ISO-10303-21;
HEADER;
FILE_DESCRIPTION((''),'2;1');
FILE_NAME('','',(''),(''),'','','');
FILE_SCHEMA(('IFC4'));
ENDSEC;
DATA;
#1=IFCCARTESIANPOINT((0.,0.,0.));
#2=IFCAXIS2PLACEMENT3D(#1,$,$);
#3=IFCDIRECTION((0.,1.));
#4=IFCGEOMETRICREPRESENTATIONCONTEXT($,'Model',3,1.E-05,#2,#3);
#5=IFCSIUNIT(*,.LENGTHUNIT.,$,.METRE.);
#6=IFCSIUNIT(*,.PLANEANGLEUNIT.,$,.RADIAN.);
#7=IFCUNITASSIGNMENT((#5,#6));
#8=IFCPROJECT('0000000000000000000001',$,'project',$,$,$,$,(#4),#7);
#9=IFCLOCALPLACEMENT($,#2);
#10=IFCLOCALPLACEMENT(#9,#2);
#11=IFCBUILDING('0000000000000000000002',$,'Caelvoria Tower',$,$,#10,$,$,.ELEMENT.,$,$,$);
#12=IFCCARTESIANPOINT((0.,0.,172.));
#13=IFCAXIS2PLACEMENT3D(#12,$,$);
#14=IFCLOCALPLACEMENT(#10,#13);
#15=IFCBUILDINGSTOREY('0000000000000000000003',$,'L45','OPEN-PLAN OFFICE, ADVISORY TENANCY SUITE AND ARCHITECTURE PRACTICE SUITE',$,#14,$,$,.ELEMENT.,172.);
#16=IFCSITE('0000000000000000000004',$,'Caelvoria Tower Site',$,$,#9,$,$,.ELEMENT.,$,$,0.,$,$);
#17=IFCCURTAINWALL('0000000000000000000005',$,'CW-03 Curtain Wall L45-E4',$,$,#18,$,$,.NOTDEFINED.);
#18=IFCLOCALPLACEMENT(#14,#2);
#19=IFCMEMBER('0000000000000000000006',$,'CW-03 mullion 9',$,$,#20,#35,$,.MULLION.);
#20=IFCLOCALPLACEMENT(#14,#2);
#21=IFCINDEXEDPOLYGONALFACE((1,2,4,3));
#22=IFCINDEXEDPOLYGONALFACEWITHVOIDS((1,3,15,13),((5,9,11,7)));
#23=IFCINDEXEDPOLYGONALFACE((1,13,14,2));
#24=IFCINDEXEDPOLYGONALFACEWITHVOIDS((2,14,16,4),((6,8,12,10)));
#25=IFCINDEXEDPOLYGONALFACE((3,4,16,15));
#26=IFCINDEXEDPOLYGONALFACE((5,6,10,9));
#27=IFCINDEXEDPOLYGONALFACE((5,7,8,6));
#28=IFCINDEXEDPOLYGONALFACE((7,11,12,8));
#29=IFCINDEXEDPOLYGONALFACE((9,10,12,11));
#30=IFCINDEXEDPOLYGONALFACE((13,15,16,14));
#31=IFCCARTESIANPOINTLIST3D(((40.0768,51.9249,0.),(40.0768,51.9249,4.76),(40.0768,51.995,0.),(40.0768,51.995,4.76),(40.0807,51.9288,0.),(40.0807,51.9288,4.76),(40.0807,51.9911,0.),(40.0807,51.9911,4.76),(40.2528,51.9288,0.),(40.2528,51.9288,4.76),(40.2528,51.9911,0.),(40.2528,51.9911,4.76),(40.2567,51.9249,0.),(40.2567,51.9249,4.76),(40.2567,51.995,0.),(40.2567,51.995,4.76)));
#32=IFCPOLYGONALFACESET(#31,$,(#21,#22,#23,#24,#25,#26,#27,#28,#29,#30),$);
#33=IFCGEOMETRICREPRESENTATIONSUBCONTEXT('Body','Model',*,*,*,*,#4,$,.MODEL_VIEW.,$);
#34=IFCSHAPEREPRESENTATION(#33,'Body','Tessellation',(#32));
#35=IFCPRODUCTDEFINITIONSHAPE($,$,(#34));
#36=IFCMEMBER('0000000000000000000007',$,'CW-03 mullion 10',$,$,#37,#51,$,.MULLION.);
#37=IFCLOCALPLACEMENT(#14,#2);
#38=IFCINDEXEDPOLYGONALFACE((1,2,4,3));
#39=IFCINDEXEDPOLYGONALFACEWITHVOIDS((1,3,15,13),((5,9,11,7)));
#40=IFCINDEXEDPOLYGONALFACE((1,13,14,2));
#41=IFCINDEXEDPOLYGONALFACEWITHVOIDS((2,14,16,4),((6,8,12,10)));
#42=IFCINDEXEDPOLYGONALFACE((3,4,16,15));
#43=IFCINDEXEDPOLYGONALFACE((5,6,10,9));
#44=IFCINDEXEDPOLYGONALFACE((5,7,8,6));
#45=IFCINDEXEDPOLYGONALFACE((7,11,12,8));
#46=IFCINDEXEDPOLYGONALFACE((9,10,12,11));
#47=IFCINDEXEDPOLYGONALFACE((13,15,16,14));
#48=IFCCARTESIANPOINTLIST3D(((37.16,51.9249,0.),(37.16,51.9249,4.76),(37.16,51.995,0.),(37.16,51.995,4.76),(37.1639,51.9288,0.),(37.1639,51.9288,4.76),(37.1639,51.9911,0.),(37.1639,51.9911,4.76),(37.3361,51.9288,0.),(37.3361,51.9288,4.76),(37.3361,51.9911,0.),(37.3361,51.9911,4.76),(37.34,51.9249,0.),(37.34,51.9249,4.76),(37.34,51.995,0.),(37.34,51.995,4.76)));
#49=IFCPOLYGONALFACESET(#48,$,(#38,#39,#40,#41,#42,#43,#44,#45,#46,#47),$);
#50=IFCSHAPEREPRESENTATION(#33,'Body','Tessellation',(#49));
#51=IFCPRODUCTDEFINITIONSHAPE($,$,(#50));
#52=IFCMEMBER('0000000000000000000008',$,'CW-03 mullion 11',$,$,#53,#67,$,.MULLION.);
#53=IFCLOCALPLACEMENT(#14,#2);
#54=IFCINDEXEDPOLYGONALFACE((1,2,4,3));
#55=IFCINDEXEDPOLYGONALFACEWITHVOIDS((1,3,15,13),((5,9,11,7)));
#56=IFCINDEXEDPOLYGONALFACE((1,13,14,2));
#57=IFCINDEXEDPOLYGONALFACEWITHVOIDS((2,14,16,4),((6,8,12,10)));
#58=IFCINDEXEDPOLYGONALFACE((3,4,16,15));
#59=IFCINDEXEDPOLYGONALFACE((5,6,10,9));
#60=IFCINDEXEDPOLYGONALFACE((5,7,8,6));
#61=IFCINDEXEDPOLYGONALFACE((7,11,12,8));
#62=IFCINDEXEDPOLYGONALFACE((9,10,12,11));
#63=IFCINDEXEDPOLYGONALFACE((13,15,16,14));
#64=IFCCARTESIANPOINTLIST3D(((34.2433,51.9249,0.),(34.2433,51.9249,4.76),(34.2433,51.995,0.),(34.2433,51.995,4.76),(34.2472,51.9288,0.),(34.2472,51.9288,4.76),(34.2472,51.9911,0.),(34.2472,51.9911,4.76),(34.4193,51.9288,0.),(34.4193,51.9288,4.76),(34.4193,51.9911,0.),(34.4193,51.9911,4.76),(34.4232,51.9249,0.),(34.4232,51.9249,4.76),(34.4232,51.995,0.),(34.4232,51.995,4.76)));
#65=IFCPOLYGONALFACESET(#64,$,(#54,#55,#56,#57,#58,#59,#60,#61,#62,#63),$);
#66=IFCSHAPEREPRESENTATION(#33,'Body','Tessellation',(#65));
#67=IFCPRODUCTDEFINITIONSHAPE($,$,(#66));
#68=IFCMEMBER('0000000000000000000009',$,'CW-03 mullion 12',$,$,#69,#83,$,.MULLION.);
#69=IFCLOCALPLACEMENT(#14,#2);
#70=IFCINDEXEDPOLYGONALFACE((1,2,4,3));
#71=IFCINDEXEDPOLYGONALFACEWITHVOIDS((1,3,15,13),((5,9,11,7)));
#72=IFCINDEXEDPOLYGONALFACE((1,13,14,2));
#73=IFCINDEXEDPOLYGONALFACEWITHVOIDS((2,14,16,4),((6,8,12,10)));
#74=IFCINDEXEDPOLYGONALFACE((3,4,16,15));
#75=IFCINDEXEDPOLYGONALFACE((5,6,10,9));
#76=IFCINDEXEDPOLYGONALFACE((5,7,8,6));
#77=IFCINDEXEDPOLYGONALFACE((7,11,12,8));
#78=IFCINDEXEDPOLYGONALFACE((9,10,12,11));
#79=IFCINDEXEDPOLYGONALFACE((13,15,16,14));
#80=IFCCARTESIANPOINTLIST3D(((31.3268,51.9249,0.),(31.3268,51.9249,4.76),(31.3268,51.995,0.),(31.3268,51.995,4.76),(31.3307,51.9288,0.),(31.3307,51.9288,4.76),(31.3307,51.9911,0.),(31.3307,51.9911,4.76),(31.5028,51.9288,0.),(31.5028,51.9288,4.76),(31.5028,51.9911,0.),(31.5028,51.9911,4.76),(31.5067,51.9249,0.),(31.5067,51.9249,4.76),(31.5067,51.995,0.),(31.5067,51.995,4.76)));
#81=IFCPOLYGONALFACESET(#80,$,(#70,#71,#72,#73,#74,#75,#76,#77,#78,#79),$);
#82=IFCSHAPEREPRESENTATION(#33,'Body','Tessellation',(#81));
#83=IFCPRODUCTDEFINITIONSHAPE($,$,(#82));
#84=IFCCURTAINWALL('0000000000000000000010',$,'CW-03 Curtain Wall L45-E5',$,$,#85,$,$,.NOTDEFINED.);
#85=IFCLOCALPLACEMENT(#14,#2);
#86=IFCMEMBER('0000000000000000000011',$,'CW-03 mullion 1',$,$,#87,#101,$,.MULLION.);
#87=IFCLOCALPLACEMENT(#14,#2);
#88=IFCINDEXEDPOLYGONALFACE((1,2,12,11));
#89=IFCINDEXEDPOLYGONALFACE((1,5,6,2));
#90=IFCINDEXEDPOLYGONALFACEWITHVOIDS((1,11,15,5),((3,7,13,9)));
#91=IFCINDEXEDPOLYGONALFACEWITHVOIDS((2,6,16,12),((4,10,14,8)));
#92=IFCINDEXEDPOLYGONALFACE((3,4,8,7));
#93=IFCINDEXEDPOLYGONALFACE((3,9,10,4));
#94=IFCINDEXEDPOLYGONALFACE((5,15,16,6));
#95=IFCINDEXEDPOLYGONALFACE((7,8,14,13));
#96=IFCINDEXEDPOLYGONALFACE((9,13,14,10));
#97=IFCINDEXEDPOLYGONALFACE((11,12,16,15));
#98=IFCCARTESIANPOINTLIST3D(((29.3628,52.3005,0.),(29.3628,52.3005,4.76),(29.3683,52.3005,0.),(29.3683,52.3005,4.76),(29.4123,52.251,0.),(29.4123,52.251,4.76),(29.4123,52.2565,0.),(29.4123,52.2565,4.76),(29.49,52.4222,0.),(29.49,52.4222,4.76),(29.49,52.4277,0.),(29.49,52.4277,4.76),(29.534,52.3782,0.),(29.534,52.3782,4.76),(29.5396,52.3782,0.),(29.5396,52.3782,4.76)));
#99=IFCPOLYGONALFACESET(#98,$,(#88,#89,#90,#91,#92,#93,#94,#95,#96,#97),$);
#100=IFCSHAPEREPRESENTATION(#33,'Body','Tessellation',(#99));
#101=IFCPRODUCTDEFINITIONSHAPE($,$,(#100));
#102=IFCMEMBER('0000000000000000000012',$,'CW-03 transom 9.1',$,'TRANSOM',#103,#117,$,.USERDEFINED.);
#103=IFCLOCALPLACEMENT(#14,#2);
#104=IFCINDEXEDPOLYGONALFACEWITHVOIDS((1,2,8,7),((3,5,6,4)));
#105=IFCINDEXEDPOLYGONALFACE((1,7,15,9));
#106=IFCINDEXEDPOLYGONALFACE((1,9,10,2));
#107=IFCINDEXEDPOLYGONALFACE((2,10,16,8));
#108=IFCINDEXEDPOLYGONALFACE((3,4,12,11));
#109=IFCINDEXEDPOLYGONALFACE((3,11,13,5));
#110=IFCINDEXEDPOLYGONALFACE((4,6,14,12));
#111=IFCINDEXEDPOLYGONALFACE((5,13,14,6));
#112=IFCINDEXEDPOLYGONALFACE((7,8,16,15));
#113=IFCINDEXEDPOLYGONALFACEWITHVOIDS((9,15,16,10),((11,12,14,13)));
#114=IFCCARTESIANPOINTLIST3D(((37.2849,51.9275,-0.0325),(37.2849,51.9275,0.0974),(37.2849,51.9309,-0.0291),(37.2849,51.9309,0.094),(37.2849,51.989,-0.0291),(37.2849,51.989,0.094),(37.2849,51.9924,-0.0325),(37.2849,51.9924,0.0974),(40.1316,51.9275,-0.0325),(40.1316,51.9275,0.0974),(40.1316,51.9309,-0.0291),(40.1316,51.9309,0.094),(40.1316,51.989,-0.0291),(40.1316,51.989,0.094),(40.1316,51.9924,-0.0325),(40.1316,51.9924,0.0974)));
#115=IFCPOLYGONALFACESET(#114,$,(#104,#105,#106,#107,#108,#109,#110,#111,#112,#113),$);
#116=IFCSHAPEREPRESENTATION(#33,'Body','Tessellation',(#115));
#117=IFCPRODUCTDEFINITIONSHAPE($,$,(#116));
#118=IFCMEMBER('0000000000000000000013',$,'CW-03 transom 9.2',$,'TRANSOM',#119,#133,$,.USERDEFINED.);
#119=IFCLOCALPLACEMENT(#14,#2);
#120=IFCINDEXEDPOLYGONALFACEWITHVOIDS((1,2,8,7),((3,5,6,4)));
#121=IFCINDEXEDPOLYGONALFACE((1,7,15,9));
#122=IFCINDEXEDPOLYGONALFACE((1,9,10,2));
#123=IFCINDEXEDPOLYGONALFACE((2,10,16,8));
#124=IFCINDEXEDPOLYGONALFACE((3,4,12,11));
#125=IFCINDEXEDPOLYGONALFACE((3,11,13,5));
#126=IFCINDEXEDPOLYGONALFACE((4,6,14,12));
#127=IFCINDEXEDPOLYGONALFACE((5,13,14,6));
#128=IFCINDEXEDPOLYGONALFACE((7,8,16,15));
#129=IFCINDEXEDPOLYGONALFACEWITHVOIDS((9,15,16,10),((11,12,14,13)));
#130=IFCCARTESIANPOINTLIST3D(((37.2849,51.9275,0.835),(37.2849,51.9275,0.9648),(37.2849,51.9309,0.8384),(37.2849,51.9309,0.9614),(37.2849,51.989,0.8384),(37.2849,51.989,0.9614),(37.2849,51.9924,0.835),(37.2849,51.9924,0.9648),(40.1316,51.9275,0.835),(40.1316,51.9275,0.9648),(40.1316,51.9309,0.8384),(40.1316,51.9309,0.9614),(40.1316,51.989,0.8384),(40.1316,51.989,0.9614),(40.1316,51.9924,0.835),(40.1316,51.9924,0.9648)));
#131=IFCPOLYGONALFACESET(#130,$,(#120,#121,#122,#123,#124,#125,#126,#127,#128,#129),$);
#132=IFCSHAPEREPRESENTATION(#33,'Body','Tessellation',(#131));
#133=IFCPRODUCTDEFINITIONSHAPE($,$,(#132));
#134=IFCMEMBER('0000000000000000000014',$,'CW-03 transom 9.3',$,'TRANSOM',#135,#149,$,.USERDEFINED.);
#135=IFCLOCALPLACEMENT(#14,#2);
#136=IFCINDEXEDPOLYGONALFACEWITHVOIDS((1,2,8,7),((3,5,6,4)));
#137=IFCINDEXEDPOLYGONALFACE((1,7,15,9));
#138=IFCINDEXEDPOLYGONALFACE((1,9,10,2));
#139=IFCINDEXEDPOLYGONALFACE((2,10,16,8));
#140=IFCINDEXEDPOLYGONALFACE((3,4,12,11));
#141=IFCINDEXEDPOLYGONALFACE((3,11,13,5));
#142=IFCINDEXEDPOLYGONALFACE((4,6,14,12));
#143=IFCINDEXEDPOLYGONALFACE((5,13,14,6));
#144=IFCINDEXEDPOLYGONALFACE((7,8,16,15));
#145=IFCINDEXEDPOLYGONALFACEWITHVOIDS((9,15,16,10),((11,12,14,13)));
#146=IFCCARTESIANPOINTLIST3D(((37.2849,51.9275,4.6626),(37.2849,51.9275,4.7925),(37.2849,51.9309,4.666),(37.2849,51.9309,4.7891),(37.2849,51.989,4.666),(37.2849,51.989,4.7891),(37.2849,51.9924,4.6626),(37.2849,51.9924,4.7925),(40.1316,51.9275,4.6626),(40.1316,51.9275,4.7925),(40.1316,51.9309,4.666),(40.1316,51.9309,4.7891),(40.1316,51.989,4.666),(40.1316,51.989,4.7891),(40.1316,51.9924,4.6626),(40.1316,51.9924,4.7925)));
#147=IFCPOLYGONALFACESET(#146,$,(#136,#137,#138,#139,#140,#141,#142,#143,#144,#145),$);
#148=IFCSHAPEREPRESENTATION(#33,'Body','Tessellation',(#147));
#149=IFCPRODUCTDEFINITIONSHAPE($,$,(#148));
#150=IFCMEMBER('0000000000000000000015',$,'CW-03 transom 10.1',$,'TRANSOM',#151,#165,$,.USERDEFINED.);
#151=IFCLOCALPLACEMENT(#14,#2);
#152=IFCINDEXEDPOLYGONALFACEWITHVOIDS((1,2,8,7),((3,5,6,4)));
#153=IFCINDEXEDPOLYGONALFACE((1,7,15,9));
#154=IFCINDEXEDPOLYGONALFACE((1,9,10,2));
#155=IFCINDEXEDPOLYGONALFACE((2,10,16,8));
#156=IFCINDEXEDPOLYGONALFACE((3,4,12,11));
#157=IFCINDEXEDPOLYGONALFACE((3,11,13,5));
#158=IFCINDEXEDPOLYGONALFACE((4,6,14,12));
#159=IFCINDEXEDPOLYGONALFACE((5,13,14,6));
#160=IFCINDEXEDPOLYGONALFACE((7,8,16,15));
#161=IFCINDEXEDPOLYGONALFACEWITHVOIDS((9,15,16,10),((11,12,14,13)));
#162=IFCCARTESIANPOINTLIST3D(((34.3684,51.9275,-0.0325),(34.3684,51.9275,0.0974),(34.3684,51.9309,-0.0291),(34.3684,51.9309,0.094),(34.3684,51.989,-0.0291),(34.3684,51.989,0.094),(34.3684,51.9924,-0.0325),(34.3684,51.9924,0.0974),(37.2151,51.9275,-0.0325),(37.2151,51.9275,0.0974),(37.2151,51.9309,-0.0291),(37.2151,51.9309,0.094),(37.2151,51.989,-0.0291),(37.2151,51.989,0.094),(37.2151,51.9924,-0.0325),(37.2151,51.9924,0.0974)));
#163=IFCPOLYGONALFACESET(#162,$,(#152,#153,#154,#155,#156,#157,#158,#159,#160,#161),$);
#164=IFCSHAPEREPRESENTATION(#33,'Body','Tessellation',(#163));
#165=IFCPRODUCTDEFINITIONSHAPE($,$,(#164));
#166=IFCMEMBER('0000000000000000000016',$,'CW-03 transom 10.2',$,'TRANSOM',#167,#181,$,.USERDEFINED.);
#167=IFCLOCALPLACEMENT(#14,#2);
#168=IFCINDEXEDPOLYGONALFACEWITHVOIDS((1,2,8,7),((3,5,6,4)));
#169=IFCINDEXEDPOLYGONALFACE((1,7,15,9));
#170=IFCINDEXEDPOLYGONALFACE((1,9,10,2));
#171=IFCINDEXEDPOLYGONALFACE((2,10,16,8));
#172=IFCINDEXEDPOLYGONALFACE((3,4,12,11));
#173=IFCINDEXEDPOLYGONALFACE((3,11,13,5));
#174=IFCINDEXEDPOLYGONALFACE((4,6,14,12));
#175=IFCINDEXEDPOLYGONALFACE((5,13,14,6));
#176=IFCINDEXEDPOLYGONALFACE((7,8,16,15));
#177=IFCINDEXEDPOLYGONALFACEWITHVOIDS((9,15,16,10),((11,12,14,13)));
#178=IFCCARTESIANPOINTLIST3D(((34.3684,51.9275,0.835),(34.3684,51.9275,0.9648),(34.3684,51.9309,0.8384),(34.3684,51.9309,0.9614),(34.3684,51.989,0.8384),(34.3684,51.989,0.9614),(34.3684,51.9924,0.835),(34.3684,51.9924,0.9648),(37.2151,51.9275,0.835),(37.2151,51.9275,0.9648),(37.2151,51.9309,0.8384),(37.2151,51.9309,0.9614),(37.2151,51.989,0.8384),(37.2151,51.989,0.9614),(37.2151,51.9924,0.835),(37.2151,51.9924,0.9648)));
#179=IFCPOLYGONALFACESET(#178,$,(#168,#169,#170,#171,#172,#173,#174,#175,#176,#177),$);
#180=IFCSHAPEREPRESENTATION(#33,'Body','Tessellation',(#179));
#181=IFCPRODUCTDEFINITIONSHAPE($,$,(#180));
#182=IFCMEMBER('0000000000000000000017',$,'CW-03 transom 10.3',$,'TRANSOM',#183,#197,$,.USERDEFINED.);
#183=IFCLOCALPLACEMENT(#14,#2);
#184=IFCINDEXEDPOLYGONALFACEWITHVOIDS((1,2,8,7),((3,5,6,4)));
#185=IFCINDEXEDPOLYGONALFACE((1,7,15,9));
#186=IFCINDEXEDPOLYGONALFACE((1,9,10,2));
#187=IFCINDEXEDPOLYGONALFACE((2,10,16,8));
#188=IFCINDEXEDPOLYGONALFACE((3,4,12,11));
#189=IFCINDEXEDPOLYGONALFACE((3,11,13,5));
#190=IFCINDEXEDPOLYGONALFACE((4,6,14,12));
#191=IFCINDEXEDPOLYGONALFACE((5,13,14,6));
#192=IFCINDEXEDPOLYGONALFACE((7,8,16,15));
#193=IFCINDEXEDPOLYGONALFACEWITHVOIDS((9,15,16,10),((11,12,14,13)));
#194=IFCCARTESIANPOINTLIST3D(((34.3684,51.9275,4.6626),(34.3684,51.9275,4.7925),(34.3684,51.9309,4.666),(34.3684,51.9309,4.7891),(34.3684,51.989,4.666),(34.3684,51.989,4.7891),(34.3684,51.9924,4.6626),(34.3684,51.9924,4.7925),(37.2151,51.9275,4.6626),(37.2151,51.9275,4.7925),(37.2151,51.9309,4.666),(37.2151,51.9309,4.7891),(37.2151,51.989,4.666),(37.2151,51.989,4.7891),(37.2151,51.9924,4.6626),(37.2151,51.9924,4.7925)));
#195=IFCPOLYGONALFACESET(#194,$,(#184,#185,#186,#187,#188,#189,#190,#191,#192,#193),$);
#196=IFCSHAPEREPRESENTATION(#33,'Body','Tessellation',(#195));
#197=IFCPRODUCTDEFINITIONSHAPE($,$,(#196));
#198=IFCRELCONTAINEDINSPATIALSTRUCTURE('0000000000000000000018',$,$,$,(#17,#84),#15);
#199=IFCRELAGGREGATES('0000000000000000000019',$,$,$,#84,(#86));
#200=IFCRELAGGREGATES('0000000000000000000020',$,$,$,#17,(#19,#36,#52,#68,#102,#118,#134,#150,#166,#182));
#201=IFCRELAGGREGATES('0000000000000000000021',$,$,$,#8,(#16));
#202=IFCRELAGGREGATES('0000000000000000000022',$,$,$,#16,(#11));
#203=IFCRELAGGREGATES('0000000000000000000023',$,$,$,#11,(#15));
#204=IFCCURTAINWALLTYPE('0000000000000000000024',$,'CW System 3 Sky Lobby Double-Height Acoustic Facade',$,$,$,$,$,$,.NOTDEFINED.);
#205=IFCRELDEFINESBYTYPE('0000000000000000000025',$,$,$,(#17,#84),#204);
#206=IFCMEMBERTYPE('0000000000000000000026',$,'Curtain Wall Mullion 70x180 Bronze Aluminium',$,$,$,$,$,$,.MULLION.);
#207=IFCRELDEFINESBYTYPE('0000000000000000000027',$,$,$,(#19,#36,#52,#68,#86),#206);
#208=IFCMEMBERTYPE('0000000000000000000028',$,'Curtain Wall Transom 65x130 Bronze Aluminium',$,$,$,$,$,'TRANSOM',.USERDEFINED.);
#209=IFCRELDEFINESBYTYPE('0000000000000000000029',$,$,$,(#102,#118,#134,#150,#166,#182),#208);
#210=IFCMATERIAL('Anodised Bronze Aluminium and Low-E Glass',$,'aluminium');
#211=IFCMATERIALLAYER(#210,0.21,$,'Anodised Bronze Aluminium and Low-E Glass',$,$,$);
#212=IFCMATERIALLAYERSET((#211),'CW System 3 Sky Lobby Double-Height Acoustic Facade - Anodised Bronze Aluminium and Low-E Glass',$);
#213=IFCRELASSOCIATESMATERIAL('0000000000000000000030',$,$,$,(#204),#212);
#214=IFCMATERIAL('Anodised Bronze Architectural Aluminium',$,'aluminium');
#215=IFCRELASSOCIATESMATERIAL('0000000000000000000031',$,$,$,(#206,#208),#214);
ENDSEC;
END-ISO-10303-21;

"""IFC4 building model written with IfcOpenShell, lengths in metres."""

from ifc_helpers import new_model, si_unit, direction, frame, origin, origin_2d, place, context, subcontext, project, spatial, hollow_rectangle, extrude, material, layer, layer_set, material_profile, profile_set, type_object, element, aggregate, save


model = new_model("IFC4")

# Units and contexts
model_context = context("Model", 3, precision=1e-05, world=origin(), true_north=direction((0.0, 1.0)))
body_context = subcontext(model_context, "Body", "Model", "MODEL_VIEW")
ifc_project = project(units=[si_unit("LENGTHUNIT", "METRE"), si_unit("PLANEANGLEUNIT", "RADIAN")], contexts=[model_context])

# Site, building, storey
site_placement = place(None, origin())
site = spatial("IfcSite", under=ifc_project, at=site_placement, Name="Caelvoria Tower Site", CompositionType="ELEMENT", RefElevation=0.0)
building_placement = place(site_placement, origin())
building = spatial("IfcBuilding", under=site, at=building_placement, Name="Caelvoria Tower", CompositionType="ELEMENT")
storey_placement = place(building_placement, frame((0.0, 0.0, 172.0)))
storey = spatial("IfcBuildingStorey", under=building, at=storey_placement, Name="L45", Description="OPEN-PLAN OFFICE, ADVISORY TENANCY SUITE AND ARCHITECTURE PRACTICE SUITE", CompositionType="ELEMENT", Elevation=172.0)

# Curtain wall, members
ifc_material_1 = material(Name="Anodised Bronze Aluminium and Low-E Glass", Category="aluminium")
ifc_layer_1 = layer(ifc_material_1, 0.21, Name="Anodised Bronze Aluminium and Low-E Glass")
ifc_layer_set_1 = layer_set([ifc_layer_1], Name="CW System 3 Sky Lobby Double-Height Acoustic Facade - Anodised Bronze Aluminium and Low-E Glass")
curtain_wall_type = type_object("IfcCurtainWallType", Name="CW System 3 Sky Lobby Double-Height Acoustic Facade", PredefinedType="NOTDEFINED", material=ifc_layer_set_1)
curtain_wall_1_placement = place(storey_placement, origin())
curtain_wall_1 = element("IfcCurtainWall", 1, at=curtain_wall_1_placement, inside=storey, type_object=curtain_wall_type, Name="CW-03 Curtain Wall L45-E4", PredefinedType="NOTDEFINED")
ifc_material_2 = material(Name="Anodised Bronze Architectural Aluminium", Category="aluminium")
ifc_material_profile_1 = material_profile(ifc_material_2, hollow_rectangle(XDim=0.0701, YDim=0.1799, WallThickness=0.0039, at=origin_2d()), Name="Anodised Bronze Architectural Aluminium")
ifc_profile_set_1 = profile_set([ifc_material_profile_1], Name="CW_MULL_70X180 - Anodised Bronze Architectural Aluminium")
member_type_1 = type_object("IfcMemberType", Name="Curtain Wall Mullion 70x180 Bronze Aluminium", PredefinedType="MULLION", material=ifc_profile_set_1)
member_1_placement = place(storey_placement, frame((40.1667, 51.96, 0.0), z_axis=(0.0, 0.0, 1.0), x_axis=(0.0, -1.0, 0.0)))
member_1 = element("IfcMember", 2, at=member_1_placement, type_object=member_type_1, Name="CW-03 mullion 9", PredefinedType="MULLION", context=body_context, shape_type="SweptSolid", body=[
    extrude(hollow_rectangle(XDim=0.0701, YDim=0.1799, WallThickness=0.0039, at=origin_2d()), origin(), (0.0, 0.0, 1.0), 4.76),
])
member_2_placement = place(storey_placement, frame((37.25, 51.96, 0.0), z_axis=(0.0, 0.0, 1.0), x_axis=(0.0, -1.0, 0.0)))
member_2 = element("IfcMember", 3, at=member_2_placement, type_object=member_type_1, Name="CW-03 mullion 10", PredefinedType="MULLION", context=body_context, shape_type="SweptSolid", body=[
    extrude(hollow_rectangle(XDim=0.0701, YDim=0.1799, WallThickness=0.0039, at=origin_2d()), origin(), (0.0, 0.0, 1.0), 4.76),
])
member_3_placement = place(storey_placement, frame((34.3333, 51.96, 0.0), z_axis=(0.0, 0.0, 1.0), x_axis=(0.0, -1.0, 0.0)))
member_3 = element("IfcMember", 4, at=member_3_placement, type_object=member_type_1, Name="CW-03 mullion 11", PredefinedType="MULLION", context=body_context, shape_type="SweptSolid", body=[
    extrude(hollow_rectangle(XDim=0.0701, YDim=0.1799, WallThickness=0.0039, at=origin_2d()), origin(), (0.0, 0.0, 1.0), 4.76),
])
member_4_placement = place(storey_placement, frame((31.4167, 51.96, 0.0), z_axis=(0.0, 0.0, 1.0), x_axis=(0.0, -1.0, 0.0)))
member_4 = element("IfcMember", 5, at=member_4_placement, type_object=member_type_1, Name="CW-03 mullion 12", PredefinedType="MULLION", context=body_context, shape_type="SweptSolid", body=[
    extrude(hollow_rectangle(XDim=0.0701, YDim=0.1799, WallThickness=0.0039, at=origin_2d()), origin(), (0.0, 0.0, 1.0), 4.76),
])

# Curtain wall, member
curtain_wall_2_placement = place(storey_placement, origin())
curtain_wall_2 = element("IfcCurtainWall", 6, at=curtain_wall_2_placement, inside=storey, type_object=curtain_wall_type, Name="CW-03 Curtain Wall L45-E5", PredefinedType="NOTDEFINED")
member_5_placement = place(storey_placement, frame((29.4512, 52.3394, 0.0), z_axis=(0.0, 0.0, 1.0), x_axis=(0.707107, -0.707107, 0.0)))
member_5 = element("IfcMember", 7, at=member_5_placement, type_object=member_type_1, Name="CW-03 mullion 1", PredefinedType="MULLION", context=body_context, shape_type="SweptSolid", body=[
    extrude(hollow_rectangle(XDim=0.0701, YDim=0.1799, WallThickness=0.0039, at=origin_2d()), origin(), (0.0, 0.0, 1.0), 4.76),
])

# Members
ifc_material_profile_2 = material_profile(ifc_material_2, hollow_rectangle(XDim=0.0649, YDim=0.1299, WallThickness=0.0034, at=origin_2d()), Name="Anodised Bronze Architectural Aluminium")
ifc_profile_set_2 = profile_set([ifc_material_profile_2], Name="CW_TRAN_65X130 - Anodised Bronze Architectural Aluminium")
member_type_2 = type_object("IfcMemberType", Name="Curtain Wall Transom 65x130 Bronze Aluminium", ElementType="TRANSOM", PredefinedType="USERDEFINED", material=ifc_profile_set_2)
member_6_placement = place(storey_placement, frame((40.1316, 51.96, 0.0325), z_axis=(-1.0, 0.0, 0.0), x_axis=(0.0, -1.0, 0.0)))
member_6 = element("IfcMember", 8, at=member_6_placement, type_object=member_type_2, Name="CW-03 transom 9.1", ObjectType="TRANSOM", PredefinedType="USERDEFINED", context=body_context, shape_type="SweptSolid", body=[
    extrude(hollow_rectangle(XDim=0.0649, YDim=0.1299, WallThickness=0.0034, at=origin_2d()), origin(), (0.0, 0.0, 1.0), 2.8467),
])
member_7_placement = place(storey_placement, frame((40.1316, 51.96, 0.8999), z_axis=(-1.0, 0.0, 0.0), x_axis=(0.0, -1.0, 0.0)))
member_7 = element("IfcMember", 9, at=member_7_placement, type_object=member_type_2, Name="CW-03 transom 9.2", ObjectType="TRANSOM", PredefinedType="USERDEFINED", context=body_context, shape_type="SweptSolid", body=[
    extrude(hollow_rectangle(XDim=0.0649, YDim=0.1299, WallThickness=0.0034, at=origin_2d()), origin(), (0.0, 0.0, 1.0), 2.8467),
])
member_8_placement = place(storey_placement, frame((40.1316, 51.96, 4.7275), z_axis=(-1.0, 0.0, 0.0), x_axis=(0.0, -1.0, 0.0)))
member_8 = element("IfcMember", 10, at=member_8_placement, type_object=member_type_2, Name="CW-03 transom 9.3", ObjectType="TRANSOM", PredefinedType="USERDEFINED", context=body_context, shape_type="SweptSolid", body=[
    extrude(hollow_rectangle(XDim=0.0649, YDim=0.1299, WallThickness=0.0034, at=origin_2d()), origin(), (0.0, 0.0, 1.0), 2.8467),
])
member_9_placement = place(storey_placement, frame((37.2151, 51.96, 0.0325), z_axis=(-1.0, 0.0, 0.0), x_axis=(0.0, -1.0, 0.0)))
member_9 = element("IfcMember", 11, at=member_9_placement, type_object=member_type_2, Name="CW-03 transom 10.1", ObjectType="TRANSOM", PredefinedType="USERDEFINED", context=body_context, shape_type="SweptSolid", body=[
    extrude(hollow_rectangle(XDim=0.0649, YDim=0.1299, WallThickness=0.0034, at=origin_2d()), origin(), (0.0, 0.0, 1.0), 2.8467),
])
member_10_placement = place(storey_placement, frame((37.2151, 51.96, 0.8999), z_axis=(-1.0, 0.0, 0.0), x_axis=(0.0, -1.0, 0.0)))
member_10 = element("IfcMember", 12, at=member_10_placement, type_object=member_type_2, Name="CW-03 transom 10.2", ObjectType="TRANSOM", PredefinedType="USERDEFINED", context=body_context, shape_type="SweptSolid", body=[
    extrude(hollow_rectangle(XDim=0.0649, YDim=0.1299, WallThickness=0.0034, at=origin_2d()), origin(), (0.0, 0.0, 1.0), 2.8467),
])
member_11_placement = place(storey_placement, frame((37.2151, 51.96, 4.7275), z_axis=(-1.0, 0.0, 0.0), x_axis=(0.0, -1.0, 0.0)))
member_11 = element("IfcMember", 13, at=member_11_placement, type_object=member_type_2, Name="CW-03 transom 10.3", ObjectType="TRANSOM", PredefinedType="USERDEFINED", context=body_context, shape_type="SweptSolid", body=[
    extrude(hollow_rectangle(XDim=0.0649, YDim=0.1299, WallThickness=0.0034, at=origin_2d()), origin(), (0.0, 0.0, 1.0), 2.8467),
])
aggregate(curtain_wall_2, [member_5])

aggregate(curtain_wall_1, [member_1, member_2, member_3, member_4, member_6, member_7, member_8, member_9, member_10, member_11])

save(model, "model.ifc")
